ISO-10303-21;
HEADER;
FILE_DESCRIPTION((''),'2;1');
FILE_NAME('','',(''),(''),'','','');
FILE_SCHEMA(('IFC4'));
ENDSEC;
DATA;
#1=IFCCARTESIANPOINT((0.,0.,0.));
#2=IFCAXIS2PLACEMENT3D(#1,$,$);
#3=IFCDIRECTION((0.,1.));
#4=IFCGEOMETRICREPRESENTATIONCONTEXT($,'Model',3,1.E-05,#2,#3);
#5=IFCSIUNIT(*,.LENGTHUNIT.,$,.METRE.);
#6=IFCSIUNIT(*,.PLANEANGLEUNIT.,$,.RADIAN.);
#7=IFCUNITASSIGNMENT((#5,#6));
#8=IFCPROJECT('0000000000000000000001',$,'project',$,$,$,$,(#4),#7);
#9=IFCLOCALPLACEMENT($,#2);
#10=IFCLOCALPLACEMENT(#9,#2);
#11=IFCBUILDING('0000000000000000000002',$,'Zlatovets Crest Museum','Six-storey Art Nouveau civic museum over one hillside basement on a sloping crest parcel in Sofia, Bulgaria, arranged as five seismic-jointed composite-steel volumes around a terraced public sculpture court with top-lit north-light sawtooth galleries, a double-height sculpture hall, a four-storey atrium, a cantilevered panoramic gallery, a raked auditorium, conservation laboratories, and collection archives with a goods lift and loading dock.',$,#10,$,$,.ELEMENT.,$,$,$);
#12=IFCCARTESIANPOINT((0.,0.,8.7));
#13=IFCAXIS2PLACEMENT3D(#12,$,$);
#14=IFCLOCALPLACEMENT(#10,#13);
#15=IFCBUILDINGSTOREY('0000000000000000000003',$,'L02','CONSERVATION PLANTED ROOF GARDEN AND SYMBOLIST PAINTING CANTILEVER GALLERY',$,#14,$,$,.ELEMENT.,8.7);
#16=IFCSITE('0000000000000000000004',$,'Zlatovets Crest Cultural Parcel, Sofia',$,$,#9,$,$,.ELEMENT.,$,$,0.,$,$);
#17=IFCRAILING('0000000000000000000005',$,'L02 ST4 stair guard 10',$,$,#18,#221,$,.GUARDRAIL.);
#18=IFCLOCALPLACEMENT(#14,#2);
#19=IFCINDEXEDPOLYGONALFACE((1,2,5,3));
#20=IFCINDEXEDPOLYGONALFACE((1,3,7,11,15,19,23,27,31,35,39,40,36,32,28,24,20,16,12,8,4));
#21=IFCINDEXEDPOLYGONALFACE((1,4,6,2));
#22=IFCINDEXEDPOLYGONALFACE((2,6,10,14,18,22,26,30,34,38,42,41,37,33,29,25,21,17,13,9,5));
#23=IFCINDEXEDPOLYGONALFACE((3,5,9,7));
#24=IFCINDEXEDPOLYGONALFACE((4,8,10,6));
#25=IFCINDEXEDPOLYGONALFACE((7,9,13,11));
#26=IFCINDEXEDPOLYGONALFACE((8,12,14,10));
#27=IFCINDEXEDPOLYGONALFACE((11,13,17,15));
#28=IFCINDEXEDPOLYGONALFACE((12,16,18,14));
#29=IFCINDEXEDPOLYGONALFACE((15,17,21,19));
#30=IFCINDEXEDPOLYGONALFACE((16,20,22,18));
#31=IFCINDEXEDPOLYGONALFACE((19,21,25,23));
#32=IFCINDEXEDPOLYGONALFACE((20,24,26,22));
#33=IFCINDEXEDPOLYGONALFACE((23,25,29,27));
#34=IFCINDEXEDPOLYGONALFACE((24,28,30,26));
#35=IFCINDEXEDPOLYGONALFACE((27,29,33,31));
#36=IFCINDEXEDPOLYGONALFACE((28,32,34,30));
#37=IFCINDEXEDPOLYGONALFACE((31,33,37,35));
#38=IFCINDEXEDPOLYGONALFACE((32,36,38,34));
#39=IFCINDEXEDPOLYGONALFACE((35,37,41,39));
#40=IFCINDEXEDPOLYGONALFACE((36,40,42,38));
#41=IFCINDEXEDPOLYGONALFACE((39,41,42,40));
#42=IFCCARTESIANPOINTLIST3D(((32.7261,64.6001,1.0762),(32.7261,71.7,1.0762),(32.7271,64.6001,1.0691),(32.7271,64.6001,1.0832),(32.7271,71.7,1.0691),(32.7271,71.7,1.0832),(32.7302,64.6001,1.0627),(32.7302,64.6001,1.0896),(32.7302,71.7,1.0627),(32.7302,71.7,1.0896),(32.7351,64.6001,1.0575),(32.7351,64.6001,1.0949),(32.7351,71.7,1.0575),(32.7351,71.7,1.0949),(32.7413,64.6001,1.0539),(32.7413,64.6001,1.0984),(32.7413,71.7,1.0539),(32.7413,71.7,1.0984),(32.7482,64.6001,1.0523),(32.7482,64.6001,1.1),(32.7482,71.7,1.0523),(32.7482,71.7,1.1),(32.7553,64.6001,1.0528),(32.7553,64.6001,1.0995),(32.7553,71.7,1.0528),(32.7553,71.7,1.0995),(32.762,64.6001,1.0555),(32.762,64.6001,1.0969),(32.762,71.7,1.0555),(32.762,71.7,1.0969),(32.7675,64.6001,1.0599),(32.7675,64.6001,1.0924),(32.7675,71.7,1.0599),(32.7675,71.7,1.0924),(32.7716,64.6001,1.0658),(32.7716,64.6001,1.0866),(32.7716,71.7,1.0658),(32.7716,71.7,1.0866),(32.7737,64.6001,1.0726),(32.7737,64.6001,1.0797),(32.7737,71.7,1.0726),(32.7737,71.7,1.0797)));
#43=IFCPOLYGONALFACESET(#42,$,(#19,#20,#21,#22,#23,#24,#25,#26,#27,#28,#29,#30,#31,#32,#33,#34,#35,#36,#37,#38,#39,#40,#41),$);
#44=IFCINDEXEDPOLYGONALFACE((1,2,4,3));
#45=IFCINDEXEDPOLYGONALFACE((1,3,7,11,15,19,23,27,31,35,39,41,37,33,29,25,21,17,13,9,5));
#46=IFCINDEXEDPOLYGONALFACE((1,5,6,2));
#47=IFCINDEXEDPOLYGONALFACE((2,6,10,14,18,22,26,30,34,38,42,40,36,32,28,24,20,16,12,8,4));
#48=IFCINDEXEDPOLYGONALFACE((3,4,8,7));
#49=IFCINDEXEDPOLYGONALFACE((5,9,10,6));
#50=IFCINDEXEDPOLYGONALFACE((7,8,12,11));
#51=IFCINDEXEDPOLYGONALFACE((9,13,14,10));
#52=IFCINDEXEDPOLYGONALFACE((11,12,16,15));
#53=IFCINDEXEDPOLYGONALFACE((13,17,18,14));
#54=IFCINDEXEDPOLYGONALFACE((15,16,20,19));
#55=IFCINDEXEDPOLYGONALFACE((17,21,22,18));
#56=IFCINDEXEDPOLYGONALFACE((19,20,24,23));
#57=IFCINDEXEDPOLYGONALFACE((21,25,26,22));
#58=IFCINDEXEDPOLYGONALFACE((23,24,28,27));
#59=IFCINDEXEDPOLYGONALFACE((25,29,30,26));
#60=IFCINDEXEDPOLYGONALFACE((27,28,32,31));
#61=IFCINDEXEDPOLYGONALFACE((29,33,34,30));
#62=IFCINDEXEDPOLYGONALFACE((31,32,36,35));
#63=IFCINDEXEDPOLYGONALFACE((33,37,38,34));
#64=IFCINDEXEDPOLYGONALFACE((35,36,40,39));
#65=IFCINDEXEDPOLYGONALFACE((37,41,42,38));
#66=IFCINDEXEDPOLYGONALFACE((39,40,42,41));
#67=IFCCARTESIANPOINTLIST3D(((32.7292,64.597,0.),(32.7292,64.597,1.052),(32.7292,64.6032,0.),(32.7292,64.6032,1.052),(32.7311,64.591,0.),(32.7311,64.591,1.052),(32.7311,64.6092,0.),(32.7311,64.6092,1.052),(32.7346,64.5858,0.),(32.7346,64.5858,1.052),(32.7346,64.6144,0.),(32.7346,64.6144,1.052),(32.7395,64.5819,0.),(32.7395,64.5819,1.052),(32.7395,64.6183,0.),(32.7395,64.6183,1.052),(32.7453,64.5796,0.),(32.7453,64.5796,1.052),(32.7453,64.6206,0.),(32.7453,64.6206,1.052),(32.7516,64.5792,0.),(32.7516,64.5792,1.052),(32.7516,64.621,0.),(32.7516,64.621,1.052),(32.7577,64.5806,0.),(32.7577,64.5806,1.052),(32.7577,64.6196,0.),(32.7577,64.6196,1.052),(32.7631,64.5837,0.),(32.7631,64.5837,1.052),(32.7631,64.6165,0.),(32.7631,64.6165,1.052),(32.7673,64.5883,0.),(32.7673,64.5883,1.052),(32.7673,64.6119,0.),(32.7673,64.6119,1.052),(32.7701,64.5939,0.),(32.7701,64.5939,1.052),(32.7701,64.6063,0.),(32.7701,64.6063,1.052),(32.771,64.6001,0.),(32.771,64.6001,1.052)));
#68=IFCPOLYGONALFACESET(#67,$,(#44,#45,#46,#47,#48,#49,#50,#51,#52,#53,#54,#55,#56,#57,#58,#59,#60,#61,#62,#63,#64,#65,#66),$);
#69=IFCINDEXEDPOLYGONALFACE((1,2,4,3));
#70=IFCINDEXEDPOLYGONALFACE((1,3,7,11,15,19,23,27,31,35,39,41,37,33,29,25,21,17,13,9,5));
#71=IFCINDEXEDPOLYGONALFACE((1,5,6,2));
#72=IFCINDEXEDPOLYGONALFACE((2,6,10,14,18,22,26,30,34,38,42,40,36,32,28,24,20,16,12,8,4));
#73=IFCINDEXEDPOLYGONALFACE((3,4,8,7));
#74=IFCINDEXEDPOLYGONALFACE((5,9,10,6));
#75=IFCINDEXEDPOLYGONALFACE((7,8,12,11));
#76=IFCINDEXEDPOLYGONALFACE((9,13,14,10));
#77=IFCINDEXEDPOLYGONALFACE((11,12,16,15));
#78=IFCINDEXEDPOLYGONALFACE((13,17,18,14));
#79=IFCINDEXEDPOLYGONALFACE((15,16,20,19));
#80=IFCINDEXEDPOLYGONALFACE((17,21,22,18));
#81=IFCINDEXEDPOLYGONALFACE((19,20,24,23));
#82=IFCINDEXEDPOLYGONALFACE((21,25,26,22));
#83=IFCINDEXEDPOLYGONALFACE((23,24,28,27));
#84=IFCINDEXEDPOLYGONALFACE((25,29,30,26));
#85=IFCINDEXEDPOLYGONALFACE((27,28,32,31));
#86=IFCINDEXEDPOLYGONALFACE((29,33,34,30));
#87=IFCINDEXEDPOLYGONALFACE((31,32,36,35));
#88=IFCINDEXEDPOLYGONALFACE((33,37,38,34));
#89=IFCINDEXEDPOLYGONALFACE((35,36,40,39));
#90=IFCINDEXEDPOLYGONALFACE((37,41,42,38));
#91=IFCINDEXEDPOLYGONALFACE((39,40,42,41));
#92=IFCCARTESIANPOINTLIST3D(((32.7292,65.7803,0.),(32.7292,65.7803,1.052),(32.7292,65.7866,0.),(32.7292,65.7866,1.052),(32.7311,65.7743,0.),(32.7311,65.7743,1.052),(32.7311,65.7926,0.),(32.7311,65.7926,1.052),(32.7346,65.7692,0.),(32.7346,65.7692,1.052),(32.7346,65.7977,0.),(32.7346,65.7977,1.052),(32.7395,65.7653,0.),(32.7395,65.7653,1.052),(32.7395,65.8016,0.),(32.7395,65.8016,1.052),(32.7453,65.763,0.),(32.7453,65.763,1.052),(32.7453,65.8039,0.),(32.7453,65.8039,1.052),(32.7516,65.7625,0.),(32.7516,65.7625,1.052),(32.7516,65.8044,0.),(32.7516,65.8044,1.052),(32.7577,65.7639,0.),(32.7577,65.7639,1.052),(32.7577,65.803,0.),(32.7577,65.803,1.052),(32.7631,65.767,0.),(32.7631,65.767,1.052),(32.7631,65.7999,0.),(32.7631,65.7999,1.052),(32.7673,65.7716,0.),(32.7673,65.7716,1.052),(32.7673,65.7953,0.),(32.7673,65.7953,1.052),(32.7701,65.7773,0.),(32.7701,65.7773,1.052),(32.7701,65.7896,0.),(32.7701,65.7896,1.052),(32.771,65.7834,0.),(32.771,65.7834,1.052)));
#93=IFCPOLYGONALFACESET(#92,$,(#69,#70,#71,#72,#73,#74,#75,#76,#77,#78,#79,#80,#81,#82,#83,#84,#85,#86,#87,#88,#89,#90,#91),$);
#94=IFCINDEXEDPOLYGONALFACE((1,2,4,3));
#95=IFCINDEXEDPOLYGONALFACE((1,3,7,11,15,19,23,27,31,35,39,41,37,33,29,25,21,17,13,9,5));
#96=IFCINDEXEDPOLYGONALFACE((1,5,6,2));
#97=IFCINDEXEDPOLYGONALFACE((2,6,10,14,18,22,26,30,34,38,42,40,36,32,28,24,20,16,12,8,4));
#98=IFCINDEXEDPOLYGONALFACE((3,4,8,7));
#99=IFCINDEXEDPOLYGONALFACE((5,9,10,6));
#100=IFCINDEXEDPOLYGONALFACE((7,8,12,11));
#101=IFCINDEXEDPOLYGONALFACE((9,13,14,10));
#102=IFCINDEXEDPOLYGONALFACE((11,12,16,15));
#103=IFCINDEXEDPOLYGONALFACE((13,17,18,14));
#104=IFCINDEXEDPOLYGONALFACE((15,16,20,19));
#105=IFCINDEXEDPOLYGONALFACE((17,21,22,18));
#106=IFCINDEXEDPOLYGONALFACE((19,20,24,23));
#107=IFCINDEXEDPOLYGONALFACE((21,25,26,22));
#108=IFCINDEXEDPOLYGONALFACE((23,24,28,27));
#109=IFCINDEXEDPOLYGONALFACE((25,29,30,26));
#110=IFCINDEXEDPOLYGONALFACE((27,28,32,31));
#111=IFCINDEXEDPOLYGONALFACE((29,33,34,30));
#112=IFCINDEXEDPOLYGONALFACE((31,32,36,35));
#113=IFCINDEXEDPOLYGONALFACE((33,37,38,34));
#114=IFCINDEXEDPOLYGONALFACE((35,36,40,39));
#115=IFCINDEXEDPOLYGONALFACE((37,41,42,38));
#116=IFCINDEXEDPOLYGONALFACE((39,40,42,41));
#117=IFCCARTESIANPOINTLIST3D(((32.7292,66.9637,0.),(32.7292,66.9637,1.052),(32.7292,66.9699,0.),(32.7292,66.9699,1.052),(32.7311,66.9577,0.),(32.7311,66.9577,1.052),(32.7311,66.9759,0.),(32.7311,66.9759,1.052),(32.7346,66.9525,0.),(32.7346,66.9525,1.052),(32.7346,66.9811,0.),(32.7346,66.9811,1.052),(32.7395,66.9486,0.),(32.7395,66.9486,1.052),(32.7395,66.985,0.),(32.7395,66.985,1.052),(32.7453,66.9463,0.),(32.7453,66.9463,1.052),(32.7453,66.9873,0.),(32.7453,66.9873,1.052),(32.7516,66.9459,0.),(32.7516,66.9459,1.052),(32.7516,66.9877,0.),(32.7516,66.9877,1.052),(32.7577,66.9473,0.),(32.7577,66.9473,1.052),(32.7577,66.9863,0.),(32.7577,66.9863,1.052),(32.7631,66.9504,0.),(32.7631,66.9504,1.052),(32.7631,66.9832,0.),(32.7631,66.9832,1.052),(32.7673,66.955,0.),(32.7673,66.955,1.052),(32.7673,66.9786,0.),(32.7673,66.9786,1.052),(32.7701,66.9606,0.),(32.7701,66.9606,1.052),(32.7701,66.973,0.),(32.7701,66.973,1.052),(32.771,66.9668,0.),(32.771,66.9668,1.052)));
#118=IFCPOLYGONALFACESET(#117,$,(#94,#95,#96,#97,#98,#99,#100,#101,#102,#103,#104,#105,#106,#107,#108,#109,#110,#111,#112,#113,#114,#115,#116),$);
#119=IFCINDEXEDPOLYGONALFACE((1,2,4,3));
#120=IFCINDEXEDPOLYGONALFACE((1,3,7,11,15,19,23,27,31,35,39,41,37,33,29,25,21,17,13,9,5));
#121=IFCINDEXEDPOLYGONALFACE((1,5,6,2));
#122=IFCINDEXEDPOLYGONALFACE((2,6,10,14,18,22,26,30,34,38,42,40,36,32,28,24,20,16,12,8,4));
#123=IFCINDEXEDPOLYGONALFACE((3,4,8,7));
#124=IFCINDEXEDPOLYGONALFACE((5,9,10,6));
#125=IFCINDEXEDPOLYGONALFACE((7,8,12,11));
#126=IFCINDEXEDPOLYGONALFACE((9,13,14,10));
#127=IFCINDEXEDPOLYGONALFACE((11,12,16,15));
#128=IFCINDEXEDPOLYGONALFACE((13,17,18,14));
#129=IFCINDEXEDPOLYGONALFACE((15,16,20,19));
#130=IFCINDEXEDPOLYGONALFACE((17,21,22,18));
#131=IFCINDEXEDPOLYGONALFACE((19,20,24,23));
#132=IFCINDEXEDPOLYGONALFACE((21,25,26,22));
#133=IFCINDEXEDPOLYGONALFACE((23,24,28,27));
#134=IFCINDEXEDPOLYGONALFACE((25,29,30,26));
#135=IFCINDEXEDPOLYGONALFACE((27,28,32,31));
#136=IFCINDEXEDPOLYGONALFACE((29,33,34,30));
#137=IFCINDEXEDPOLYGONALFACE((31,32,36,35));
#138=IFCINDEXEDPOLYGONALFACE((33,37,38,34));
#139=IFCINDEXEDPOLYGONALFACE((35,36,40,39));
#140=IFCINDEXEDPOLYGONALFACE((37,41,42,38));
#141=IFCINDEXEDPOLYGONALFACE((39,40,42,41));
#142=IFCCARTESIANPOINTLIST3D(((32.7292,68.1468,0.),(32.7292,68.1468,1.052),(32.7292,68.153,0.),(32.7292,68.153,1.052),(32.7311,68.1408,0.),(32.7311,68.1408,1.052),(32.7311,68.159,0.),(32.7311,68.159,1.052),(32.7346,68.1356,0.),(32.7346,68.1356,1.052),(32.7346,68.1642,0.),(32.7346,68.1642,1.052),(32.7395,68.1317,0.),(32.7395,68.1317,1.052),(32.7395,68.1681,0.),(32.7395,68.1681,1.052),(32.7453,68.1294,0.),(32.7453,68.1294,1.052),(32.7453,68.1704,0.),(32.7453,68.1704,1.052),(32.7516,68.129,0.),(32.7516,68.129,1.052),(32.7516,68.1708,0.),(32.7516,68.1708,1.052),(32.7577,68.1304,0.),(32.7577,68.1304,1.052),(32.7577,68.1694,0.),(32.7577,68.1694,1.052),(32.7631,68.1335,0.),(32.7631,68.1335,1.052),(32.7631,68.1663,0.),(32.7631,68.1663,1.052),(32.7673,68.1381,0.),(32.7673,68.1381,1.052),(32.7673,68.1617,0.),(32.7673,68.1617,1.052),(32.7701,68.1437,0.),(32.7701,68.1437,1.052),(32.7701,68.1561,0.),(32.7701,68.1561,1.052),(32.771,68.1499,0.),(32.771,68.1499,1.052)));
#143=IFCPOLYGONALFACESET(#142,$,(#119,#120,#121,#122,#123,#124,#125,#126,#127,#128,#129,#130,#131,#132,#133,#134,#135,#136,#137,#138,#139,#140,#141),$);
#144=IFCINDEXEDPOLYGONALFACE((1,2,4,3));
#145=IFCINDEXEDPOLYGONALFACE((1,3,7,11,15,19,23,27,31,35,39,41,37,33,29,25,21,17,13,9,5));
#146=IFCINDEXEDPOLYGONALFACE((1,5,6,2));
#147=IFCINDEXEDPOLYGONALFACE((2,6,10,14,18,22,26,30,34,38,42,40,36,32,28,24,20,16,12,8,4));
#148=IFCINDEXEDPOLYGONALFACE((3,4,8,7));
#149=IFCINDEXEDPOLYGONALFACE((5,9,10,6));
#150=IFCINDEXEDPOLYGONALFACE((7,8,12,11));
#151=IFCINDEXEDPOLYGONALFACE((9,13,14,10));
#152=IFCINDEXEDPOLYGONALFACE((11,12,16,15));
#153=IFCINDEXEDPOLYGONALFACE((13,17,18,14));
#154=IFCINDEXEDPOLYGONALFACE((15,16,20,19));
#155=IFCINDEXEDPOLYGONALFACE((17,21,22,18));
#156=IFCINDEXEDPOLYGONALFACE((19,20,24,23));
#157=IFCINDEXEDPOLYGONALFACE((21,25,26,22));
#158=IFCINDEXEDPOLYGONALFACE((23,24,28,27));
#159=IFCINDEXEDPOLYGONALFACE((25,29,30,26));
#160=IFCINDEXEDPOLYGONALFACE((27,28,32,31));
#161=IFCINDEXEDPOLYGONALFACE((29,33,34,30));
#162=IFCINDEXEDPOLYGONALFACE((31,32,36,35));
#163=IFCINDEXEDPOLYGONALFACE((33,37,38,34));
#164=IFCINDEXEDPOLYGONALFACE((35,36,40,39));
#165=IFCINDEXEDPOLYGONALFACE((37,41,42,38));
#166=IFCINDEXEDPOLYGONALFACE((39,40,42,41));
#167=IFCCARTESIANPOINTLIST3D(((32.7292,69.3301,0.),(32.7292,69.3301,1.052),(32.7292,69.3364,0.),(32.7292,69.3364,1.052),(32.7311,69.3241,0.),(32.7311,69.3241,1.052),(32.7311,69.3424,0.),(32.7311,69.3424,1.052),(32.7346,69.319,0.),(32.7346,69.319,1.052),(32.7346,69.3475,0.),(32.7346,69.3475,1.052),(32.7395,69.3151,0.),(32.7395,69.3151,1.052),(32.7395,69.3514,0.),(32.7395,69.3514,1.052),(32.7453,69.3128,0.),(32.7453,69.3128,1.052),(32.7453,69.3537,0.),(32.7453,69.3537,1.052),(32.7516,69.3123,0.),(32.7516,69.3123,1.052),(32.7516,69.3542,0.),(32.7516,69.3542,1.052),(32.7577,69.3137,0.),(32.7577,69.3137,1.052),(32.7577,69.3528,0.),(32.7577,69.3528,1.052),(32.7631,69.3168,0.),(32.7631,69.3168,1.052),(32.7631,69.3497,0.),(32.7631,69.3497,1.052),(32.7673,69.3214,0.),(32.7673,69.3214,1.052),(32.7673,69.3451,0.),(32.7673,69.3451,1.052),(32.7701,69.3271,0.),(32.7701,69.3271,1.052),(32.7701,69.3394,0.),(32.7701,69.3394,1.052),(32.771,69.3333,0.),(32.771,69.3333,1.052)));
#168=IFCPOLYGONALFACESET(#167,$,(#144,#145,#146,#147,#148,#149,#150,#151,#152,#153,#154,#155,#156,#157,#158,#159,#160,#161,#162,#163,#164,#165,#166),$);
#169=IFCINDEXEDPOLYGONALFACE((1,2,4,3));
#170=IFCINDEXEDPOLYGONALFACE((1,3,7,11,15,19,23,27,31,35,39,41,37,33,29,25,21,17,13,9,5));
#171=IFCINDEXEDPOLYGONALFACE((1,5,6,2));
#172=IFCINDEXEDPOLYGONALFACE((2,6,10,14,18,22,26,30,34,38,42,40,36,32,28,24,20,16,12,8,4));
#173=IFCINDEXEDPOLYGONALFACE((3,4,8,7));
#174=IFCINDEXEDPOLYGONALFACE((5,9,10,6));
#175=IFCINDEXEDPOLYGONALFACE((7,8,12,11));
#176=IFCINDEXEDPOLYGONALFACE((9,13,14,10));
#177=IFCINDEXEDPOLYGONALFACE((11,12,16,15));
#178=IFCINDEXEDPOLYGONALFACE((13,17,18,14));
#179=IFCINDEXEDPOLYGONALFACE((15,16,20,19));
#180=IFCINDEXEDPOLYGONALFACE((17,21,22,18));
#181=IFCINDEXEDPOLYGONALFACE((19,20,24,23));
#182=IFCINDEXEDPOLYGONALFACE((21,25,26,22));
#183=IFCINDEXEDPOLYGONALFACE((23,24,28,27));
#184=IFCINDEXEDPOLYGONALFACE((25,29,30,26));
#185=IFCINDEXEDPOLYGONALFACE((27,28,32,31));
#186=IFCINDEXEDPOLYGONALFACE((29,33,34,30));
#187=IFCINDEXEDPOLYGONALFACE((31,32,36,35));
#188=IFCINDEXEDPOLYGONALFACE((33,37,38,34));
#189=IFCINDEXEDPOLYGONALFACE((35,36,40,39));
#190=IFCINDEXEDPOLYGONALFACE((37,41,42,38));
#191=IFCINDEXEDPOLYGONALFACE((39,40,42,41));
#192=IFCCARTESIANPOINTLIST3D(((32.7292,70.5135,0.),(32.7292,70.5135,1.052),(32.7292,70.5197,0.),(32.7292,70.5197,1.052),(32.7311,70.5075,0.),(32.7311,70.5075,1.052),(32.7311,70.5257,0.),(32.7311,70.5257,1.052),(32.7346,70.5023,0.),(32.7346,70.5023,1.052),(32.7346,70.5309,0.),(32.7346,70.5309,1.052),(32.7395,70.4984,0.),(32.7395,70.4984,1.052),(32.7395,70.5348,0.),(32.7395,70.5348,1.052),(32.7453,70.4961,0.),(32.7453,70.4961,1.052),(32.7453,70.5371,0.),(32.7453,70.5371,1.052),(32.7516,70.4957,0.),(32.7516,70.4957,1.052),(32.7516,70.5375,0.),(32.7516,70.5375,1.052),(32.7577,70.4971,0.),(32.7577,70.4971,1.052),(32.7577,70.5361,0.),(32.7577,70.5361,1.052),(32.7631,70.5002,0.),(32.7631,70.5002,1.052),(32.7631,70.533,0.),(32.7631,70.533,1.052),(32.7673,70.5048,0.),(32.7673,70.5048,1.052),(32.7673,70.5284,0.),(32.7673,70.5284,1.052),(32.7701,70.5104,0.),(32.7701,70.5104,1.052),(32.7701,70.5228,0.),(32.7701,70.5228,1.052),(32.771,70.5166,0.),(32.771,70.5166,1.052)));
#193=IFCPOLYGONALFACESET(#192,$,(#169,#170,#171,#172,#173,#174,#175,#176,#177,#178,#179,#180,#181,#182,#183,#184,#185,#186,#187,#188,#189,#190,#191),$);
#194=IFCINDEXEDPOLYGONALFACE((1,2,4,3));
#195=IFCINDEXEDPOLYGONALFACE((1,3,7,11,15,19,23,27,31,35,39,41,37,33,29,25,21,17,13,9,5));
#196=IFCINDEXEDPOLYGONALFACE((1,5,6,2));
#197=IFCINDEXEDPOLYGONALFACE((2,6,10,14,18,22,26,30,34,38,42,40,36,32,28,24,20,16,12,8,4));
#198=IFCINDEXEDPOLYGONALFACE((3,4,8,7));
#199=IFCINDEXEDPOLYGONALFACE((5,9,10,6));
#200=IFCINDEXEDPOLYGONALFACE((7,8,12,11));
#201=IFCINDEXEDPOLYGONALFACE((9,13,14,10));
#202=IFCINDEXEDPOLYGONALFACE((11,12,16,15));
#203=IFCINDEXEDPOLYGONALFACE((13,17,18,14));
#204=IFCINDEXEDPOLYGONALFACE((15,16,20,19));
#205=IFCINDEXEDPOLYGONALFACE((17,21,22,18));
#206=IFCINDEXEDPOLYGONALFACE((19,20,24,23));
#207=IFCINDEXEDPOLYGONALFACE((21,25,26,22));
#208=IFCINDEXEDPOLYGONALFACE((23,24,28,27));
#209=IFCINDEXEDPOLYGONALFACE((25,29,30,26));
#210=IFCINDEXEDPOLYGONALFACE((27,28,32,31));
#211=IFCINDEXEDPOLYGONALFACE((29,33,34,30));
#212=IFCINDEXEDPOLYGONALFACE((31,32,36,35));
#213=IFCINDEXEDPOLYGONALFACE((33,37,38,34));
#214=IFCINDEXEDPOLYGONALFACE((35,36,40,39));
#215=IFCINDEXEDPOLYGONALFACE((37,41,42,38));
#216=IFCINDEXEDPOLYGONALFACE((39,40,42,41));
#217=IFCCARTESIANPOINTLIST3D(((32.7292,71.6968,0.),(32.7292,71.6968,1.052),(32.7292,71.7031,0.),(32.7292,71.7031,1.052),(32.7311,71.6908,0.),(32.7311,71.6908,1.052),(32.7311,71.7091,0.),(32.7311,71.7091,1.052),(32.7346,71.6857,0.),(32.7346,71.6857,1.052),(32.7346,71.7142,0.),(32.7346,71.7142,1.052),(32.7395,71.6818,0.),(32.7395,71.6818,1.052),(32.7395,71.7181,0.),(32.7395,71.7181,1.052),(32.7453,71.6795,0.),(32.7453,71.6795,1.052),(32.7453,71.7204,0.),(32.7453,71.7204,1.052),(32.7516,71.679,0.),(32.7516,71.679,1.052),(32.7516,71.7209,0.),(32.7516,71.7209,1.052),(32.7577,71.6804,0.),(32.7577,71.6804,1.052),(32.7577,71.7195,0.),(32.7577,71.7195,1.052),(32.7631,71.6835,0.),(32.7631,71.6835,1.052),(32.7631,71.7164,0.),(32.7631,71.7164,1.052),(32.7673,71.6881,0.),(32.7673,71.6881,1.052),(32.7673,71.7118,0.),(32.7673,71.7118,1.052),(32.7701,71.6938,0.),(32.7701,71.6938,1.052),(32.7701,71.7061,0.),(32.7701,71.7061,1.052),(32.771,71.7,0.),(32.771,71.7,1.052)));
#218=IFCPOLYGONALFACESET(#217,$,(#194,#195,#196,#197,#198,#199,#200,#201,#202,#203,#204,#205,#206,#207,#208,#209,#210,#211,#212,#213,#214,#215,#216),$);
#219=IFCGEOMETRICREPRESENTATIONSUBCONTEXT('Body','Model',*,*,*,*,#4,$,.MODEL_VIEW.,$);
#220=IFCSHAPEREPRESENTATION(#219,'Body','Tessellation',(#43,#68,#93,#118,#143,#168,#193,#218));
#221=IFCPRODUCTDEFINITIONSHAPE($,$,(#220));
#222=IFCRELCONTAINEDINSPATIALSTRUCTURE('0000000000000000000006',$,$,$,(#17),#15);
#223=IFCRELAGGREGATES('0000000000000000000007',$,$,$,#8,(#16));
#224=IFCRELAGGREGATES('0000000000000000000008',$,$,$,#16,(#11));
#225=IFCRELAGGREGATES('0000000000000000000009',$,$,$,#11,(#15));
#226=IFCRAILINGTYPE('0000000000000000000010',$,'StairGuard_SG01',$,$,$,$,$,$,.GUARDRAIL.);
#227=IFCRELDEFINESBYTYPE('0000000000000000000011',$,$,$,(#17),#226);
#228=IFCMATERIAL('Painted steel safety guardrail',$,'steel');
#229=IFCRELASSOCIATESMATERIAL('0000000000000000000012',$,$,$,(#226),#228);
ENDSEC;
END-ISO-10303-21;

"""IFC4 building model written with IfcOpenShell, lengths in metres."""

from ifc_helpers import new_model, si_unit, direction, frame, origin, origin_2d, place, context, subcontext, project, spatial, circle, extrude, material, type_object, element, save


model = new_model("IFC4")

# Units and contexts
model_context = context("Model", 3, precision=1e-05, world=origin(), true_north=direction((0.0, 1.0)))
body_context = subcontext(model_context, "Body", "Model", "MODEL_VIEW")
ifc_project = project(units=[si_unit("LENGTHUNIT", "METRE"), si_unit("PLANEANGLEUNIT", "RADIAN")], contexts=[model_context])

# Site, building, storey
site_placement = place(None, origin())
site = spatial("IfcSite", under=ifc_project, at=site_placement, Name="Zlatovets Crest Cultural Parcel, Sofia", CompositionType="ELEMENT", RefElevation=0.0)
building_placement = place(site_placement, origin())
building = spatial("IfcBuilding", under=site, at=building_placement, Name="Zlatovets Crest Museum", Description="Six-storey Art Nouveau civic museum over one hillside basement on a sloping crest parcel in Sofia, Bulgaria, arranged as five seismic-jointed composite-steel volumes around a terraced public sculpture court with top-lit north-light sawtooth galleries, a double-height sculpture hall, a four-storey atrium, a cantilevered panoramic gallery, a raked auditorium, conservation laboratories, and collection archives with a goods lift and loading dock.", CompositionType="ELEMENT")
storey_placement = place(building_placement, frame((0.0, 0.0, 8.7)))
storey = spatial("IfcBuildingStorey", under=building, at=storey_placement, Name="L02", Description="CONSERVATION PLANTED ROOF GARDEN AND SYMBOLIST PAINTING CANTILEVER GALLERY", CompositionType="ELEMENT", Elevation=8.7)

# Railing
ifc_material_1 = material(Name="Painted steel safety guardrail", Category="steel")
railing_type = type_object("IfcRailingType", Name="StairGuard_SG01", PredefinedType="GUARDRAIL", material=ifc_material_1)
railing_1_placement = place(storey_placement, frame((32.75, 64.6001, 0.0)))
element("IfcRailing", 1, at=railing_1_placement, inside=storey, type_object=railing_type, Name="L02 ST4 stair guard 10", PredefinedType="GUARDRAIL", context=body_context, shape_type="SweptSolid", body=[
    extrude(circle(Radius=0.0239, at=origin_2d()), frame((0.0, 0.0, 1.0762), z_axis=(0.0, 1.0, 0.0), x_axis=(-1.0, 0.0, 0.0)), (0.0, 0.0, 1.0), 7.0999),
    extrude(circle(Radius=0.021, at=origin_2d()), origin(), (0.0, 0.0, 1.0), 1.052),
    extrude(circle(Radius=0.021, at=origin_2d()), frame((0.0, 1.1833, 0.0)), (0.0, 0.0, 1.0), 1.052),
    extrude(circle(Radius=0.021, at=origin_2d()), frame((0.0, 2.3667, 0.0)), (0.0, 0.0, 1.0), 1.052),
    extrude(circle(Radius=0.021, at=origin_2d()), frame((0.0, 3.5498, 0.0)), (0.0, 0.0, 1.0), 1.052),
    extrude(circle(Radius=0.021, at=origin_2d()), frame((0.0, 4.7332, 0.0)), (0.0, 0.0, 1.0), 1.052),
    extrude(circle(Radius=0.021, at=origin_2d()), frame((0.0, 5.9165, 0.0)), (0.0, 0.0, 1.0), 1.052),
    extrude(circle(Radius=0.021, at=origin_2d()), frame((0.0, 7.0999, 0.0)), (0.0, 0.0, 1.0), 1.052),
])

save(model, "model.ifc")
